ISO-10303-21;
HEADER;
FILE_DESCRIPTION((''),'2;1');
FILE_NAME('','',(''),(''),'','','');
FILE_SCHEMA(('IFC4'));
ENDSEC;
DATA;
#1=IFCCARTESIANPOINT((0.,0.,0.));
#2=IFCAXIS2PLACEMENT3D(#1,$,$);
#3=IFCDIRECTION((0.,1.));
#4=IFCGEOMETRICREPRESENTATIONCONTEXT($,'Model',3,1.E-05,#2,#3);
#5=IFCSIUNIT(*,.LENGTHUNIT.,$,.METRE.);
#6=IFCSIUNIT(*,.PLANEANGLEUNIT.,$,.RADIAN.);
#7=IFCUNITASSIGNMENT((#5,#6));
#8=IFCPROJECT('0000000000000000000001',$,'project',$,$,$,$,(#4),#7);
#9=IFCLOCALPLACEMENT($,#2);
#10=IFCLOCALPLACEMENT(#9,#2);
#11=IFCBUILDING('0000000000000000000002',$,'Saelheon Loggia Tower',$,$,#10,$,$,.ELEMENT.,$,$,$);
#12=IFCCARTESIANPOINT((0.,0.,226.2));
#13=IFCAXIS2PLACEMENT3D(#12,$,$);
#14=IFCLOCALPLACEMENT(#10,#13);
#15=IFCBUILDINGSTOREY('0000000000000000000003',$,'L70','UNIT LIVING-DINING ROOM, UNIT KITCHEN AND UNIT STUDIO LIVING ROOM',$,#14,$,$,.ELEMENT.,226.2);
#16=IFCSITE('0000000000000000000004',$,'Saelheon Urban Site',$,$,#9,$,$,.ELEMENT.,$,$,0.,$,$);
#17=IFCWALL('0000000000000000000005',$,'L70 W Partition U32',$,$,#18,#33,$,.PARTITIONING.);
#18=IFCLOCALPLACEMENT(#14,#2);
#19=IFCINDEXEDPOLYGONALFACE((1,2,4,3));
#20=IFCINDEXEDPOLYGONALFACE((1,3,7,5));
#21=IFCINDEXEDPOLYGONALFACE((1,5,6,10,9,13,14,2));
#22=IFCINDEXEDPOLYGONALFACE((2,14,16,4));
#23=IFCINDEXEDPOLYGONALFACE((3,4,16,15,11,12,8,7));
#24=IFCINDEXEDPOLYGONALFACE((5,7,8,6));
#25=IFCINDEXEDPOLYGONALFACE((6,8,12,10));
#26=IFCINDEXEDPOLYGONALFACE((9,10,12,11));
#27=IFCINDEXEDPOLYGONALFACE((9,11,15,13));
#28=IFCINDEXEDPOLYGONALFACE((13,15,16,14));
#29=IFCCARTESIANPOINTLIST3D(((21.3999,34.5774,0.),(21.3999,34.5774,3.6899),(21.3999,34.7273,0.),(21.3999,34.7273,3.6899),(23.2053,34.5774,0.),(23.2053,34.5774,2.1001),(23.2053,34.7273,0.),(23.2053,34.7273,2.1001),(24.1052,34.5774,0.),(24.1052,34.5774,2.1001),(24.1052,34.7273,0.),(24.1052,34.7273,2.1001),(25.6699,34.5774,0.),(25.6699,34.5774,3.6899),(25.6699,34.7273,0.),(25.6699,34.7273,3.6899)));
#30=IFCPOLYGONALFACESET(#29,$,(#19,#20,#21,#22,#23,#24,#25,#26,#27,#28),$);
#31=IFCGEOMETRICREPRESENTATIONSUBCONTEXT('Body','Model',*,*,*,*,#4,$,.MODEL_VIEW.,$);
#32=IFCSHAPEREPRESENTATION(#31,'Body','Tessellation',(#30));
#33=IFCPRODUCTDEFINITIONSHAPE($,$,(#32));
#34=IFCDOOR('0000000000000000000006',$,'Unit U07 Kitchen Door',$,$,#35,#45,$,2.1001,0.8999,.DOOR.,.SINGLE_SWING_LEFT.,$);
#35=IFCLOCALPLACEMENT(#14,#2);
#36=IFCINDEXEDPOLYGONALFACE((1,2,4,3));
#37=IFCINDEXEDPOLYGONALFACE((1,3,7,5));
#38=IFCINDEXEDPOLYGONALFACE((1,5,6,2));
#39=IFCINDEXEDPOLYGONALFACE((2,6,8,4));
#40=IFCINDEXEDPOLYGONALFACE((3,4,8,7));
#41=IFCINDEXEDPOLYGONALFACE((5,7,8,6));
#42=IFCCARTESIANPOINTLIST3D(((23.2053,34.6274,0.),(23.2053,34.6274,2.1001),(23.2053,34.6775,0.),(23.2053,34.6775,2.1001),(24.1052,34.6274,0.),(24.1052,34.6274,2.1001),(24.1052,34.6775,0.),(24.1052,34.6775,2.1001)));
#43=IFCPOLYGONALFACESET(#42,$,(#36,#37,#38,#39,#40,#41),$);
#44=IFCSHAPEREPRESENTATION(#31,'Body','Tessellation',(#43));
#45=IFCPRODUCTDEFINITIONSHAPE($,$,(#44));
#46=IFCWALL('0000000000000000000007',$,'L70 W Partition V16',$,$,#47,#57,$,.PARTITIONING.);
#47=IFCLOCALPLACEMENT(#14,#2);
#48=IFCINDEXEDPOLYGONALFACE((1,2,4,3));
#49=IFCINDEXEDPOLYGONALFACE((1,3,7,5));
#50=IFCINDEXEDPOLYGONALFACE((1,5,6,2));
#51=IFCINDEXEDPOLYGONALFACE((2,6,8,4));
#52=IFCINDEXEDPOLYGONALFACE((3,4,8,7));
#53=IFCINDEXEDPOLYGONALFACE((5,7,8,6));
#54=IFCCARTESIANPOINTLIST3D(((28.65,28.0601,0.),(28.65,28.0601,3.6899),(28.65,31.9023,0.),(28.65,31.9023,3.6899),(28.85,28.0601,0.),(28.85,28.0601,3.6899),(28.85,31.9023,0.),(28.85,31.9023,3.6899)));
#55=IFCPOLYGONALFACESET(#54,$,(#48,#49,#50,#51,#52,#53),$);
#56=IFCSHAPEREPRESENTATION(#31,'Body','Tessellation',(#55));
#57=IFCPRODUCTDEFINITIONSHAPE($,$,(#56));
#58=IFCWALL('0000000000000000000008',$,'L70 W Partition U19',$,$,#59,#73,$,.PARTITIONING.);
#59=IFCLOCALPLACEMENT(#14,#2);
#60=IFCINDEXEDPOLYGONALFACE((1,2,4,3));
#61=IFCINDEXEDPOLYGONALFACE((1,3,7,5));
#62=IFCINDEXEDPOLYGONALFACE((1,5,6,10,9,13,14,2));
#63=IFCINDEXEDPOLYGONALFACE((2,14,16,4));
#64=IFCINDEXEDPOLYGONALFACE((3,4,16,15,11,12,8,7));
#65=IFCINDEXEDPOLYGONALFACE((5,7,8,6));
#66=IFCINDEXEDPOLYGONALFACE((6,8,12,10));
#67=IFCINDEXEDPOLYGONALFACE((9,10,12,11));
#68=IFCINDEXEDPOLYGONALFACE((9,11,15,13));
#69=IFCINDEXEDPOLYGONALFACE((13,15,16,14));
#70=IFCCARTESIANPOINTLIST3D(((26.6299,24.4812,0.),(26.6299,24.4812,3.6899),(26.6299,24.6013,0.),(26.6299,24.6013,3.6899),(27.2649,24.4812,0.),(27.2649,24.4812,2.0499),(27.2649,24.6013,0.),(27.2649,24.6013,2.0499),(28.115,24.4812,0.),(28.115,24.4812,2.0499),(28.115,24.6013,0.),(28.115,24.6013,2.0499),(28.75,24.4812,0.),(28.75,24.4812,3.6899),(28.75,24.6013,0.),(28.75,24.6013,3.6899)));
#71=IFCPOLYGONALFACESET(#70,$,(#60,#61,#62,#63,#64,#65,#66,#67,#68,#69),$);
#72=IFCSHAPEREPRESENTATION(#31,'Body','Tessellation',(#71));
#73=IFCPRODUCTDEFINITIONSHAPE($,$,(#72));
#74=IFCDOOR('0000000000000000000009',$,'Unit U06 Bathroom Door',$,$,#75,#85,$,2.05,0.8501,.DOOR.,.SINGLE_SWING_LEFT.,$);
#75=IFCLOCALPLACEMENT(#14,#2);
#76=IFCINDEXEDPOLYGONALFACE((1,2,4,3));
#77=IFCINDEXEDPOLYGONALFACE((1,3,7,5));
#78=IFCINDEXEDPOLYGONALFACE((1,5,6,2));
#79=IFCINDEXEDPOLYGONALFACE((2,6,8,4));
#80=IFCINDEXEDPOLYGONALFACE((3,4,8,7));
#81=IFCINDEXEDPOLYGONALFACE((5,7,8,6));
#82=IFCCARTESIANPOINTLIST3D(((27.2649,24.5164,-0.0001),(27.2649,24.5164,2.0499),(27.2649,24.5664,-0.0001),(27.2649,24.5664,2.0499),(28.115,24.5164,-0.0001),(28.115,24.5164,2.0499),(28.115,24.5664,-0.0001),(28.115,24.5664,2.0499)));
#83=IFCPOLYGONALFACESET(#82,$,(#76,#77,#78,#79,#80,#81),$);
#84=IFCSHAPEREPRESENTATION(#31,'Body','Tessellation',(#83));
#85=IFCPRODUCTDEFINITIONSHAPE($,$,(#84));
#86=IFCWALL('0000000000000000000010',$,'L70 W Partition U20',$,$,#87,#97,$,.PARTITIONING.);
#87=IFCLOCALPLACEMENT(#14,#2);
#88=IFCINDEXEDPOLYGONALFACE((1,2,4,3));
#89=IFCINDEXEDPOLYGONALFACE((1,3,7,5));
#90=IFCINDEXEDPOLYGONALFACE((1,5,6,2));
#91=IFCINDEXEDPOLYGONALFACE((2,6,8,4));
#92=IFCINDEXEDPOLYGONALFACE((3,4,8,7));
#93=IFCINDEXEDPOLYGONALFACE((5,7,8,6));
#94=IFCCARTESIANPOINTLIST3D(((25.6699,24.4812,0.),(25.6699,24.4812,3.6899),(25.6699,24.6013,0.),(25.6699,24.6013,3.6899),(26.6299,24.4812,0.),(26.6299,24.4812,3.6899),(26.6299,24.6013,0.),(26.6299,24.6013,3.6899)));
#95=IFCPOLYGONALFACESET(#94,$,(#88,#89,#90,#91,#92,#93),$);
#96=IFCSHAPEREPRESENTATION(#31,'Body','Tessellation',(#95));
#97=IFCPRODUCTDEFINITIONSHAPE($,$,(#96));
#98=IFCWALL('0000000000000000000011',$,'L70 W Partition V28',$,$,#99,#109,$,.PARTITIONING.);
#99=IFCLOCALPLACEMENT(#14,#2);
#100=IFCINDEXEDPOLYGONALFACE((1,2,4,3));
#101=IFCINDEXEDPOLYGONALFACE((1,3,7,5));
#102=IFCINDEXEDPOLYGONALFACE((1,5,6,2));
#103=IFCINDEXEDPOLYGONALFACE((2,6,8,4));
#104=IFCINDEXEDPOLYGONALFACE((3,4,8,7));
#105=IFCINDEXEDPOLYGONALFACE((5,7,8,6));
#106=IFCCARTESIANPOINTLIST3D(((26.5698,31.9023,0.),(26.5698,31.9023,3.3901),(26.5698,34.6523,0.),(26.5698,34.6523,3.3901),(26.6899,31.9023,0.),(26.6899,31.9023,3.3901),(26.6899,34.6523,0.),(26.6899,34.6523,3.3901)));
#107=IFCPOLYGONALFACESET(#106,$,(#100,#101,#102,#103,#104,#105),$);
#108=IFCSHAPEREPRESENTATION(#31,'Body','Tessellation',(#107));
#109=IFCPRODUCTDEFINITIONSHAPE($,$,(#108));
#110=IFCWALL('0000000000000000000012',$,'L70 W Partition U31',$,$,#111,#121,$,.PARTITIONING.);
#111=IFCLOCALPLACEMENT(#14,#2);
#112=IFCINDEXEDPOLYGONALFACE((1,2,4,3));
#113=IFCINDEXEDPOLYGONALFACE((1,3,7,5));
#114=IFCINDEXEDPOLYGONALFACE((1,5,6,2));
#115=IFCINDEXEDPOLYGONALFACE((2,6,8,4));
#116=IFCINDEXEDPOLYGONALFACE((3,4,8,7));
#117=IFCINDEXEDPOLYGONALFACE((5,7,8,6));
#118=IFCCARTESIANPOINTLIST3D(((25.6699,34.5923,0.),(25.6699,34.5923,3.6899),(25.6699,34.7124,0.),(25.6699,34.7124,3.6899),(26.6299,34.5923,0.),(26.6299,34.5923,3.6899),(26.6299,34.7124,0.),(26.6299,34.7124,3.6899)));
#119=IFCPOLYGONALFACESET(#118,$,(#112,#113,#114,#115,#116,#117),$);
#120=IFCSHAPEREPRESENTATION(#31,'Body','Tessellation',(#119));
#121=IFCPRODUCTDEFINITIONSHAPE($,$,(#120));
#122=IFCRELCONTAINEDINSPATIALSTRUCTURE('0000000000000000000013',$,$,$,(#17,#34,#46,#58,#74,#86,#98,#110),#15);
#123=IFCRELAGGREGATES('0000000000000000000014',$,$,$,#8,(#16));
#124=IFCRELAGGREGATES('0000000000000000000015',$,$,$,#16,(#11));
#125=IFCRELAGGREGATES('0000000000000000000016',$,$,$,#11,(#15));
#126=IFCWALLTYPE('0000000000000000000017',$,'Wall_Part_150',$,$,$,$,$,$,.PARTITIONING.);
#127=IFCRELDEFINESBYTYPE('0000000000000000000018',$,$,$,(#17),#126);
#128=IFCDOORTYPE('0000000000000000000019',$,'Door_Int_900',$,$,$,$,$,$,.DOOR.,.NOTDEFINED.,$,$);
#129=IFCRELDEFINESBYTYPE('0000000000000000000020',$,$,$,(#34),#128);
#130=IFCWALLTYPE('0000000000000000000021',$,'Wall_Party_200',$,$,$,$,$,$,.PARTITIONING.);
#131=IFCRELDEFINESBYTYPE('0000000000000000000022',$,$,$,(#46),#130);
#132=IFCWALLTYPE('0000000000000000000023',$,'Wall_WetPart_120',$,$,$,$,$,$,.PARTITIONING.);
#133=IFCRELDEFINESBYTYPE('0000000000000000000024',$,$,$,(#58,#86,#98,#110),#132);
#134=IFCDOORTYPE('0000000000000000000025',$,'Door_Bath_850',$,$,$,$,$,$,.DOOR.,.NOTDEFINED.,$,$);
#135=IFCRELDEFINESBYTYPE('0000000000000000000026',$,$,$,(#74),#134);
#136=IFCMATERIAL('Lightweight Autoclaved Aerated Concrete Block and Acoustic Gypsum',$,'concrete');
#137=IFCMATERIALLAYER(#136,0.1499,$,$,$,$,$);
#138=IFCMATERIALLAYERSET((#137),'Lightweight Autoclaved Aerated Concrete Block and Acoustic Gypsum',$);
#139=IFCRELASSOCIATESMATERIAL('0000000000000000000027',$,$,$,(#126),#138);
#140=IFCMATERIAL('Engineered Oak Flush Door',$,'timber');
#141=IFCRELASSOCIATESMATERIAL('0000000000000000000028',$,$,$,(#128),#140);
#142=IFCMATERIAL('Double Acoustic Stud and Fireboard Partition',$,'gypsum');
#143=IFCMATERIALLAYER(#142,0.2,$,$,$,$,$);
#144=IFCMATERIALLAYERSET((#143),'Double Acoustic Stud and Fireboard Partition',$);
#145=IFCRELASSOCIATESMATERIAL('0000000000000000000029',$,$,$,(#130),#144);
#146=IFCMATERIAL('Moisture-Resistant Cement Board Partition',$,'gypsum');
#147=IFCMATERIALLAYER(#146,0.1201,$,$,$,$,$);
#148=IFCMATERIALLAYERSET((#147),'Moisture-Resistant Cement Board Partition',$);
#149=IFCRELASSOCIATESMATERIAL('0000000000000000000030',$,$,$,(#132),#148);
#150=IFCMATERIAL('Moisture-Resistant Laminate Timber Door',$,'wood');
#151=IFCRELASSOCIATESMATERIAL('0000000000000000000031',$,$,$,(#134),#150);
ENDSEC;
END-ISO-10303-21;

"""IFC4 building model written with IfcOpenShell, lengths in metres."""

from ifc_helpers import new_model, si_unit, direction, frame, frame_2d, origin, place, context, subcontext, project, spatial, rectangle, extrude, source, transform, mapped, material, layer, layer_set, type_object, element, fill, save


model = new_model("IFC4")

# Units and contexts
model_context = context("Model", 3, precision=1e-05, world=origin(), true_north=direction((0.0, 1.0)))
body_context = subcontext(model_context, "Body", "Model", "MODEL_VIEW")
ifc_project = project(units=[si_unit("LENGTHUNIT", "METRE"), si_unit("PLANEANGLEUNIT", "RADIAN")], contexts=[model_context])

# Site, building, storey
site_placement = place(None, origin())
site = spatial("IfcSite", under=ifc_project, at=site_placement, Name="Saelheon Urban Site", CompositionType="ELEMENT", RefElevation=0.0)
building_placement = place(site_placement, origin())
building = spatial("IfcBuilding", under=site, at=building_placement, Name="Saelheon Loggia Tower", CompositionType="ELEMENT")
storey_placement = place(building_placement, frame((0.0, 0.0, 226.2)))
storey = spatial("IfcBuildingStorey", under=building, at=storey_placement, Name="L70", Description="UNIT LIVING-DINING ROOM, UNIT KITCHEN AND UNIT STUDIO LIVING ROOM", CompositionType="ELEMENT", Elevation=226.2)

# Shared definitions
ifc_material_1 = material(Name="Lightweight Autoclaved Aerated Concrete Block and Acoustic Gypsum", Category="concrete")
ifc_layer_1 = layer(ifc_material_1, 0.1499)
ifc_layer_set_1 = layer_set([ifc_layer_1], Name="Lightweight Autoclaved Aerated Concrete Block and Acoustic Gypsum")
wall_type_1 = type_object("IfcWallType", Name="Wall_Part_150", PredefinedType="PARTITIONING", material=ifc_layer_set_1)

# Wall, opening, door
ifc_material_2 = material(Name="Engineered Oak Flush Door", Category="timber")
door_type_1 = type_object("IfcDoorType", Name="Door_Int_900", OperationType="NOTDEFINED", PredefinedType="DOOR", material=ifc_material_2)
shared_shape_1 = source(origin(), body_context, "Body", "SweptSolid", [
    extrude(rectangle(XDim=0.8999, YDim=2.1001, at=frame_2d((0.45, 1.05))), frame((0.0, 0.0249, 0.0), z_axis=(0.0, -1.0, 0.0), x_axis=(1.0, 0.0, 0.0)), (0.0, 0.0, 1.0), 0.05),
])
wall_1_placement = place(storey_placement, frame((25.6699, 34.6523, 0.0), z_axis=(0.0, 0.0, 1.0), x_axis=(-1.0, 0.0, 0.0)))
wall_1 = element("IfcWall", 1, at=wall_1_placement, inside=storey, type_object=wall_type_1, Name="L70 W Partition U32", PredefinedType="PARTITIONING", context=body_context, shape_type="SweptSolid", body=[
    extrude(rectangle(XDim=4.27, YDim=0.1499, at=frame_2d((2.135, 0.0))), origin(), (0.0, 0.0, 1.0), 3.6899),
])
opening_1_placement = place(wall_1_placement, frame((1.5647, 0.0, 0.0)))
opening_1 = element("IfcOpeningElement", 2, at=opening_1_placement, cuts=wall_1, PredefinedType="OPENING", context=body_context, shape_type="SweptSolid", body=[
    extrude(rectangle(XDim=0.8999, YDim=2.1001, at=frame_2d((0.45, 1.05))), frame((0.0, 0.0869, 0.0), z_axis=(0.0, -1.0, 0.0), x_axis=(1.0, 0.0, 0.0)), (0.0, 0.0, 1.0), 0.1738),
])
door_1_placement = place(opening_1_placement, origin())
door_1 = element("IfcDoor", 3, at=door_1_placement, inside=storey, type_object=door_type_1, Name="Unit U07 Kitchen Door", OperationType="SINGLE_SWING_LEFT", OverallHeight=2.1001, OverallWidth=0.8999, PredefinedType="DOOR", context=body_context, shape_type="MappedRepresentation", body=[
    mapped(shared_shape_1, transform((0.0, 0.0, 0.0), scale=1.0)),
])
fill(opening_1, door_1)
ifc_material_3 = material(Name="Double Acoustic Stud and Fireboard Partition", Category="gypsum")
ifc_layer_2 = layer(ifc_material_3, 0.2)
ifc_layer_set_2 = layer_set([ifc_layer_2], Name="Double Acoustic Stud and Fireboard Partition")
wall_type_2 = type_object("IfcWallType", Name="Wall_Party_200", PredefinedType="PARTITIONING", material=ifc_layer_set_2)

# Wall
wall_2_placement = place(storey_placement, frame((28.75, 28.0601, 0.0), z_axis=(0.0, 0.0, 1.0), x_axis=(0.0, 1.0, 0.0)))
element("IfcWall", 4, at=wall_2_placement, inside=storey, type_object=wall_type_2, Name="L70 W Partition V16", PredefinedType="PARTITIONING", context=body_context, shape_type="SweptSolid", body=[
    extrude(rectangle(XDim=3.8423, YDim=0.2, at=frame_2d((1.9211, 0.0))), origin(), (0.0, 0.0, 1.0), 3.6899),
])

# Wall, opening, door
ifc_material_4 = material(Name="Moisture-Resistant Cement Board Partition", Category="gypsum")
ifc_layer_3 = layer(ifc_material_4, 0.1201)
ifc_layer_set_3 = layer_set([ifc_layer_3], Name="Moisture-Resistant Cement Board Partition")
wall_type_3 = type_object("IfcWallType", Name="Wall_WetPart_120", PredefinedType="PARTITIONING", material=ifc_layer_set_3)
wall_3_placement = place(storey_placement, frame((28.75, 24.5413, 0.0), z_axis=(0.0, 0.0, 1.0), x_axis=(-1.0, 0.0, 0.0)))
wall_3 = element("IfcWall", 5, at=wall_3_placement, inside=storey, type_object=wall_type_3, Name="L70 W Partition U19", PredefinedType="PARTITIONING", context=body_context, shape_type="SweptSolid", body=[
    extrude(rectangle(XDim=2.1201, YDim=0.1201, at=frame_2d((1.0601, 0.0))), origin(), (0.0, 0.0, 1.0), 3.6899),
])
opening_2_placement = place(wall_3_placement, frame((0.635, 0.0, 0.0)))
opening_2 = element("IfcOpeningElement", 6, at=opening_2_placement, cuts=wall_3, PredefinedType="OPENING", context=body_context, shape_type="SweptSolid", body=[
    extrude(rectangle(XDim=0.8501, YDim=2.05, at=frame_2d((0.425, 1.0249))), frame((0.0, 0.072, 0.0), z_axis=(0.0, -1.0, 0.0), x_axis=(1.0, 0.0, 0.0)), (0.0, 0.0, 1.0), 0.144),
])
ifc_material_5 = material(Name="Moisture-Resistant Laminate Timber Door", Category="wood")
door_type_2 = type_object("IfcDoorType", Name="Door_Bath_850", OperationType="NOTDEFINED", PredefinedType="DOOR", material=ifc_material_5)
shared_shape_2 = source(origin(), body_context, "Body", "SweptSolid", [
    extrude(rectangle(XDim=0.8501, YDim=2.05, at=frame_2d((0.425, 1.0249))), frame((0.0, 0.0249, 0.0), z_axis=(0.0, -1.0, 0.0), x_axis=(1.0, 0.0, 0.0)), (0.0, 0.0, 1.0), 0.05),
])
door_2_placement = place(opening_2_placement, origin())
door_2 = element("IfcDoor", 7, at=door_2_placement, inside=storey, type_object=door_type_2, Name="Unit U06 Bathroom Door", OperationType="SINGLE_SWING_LEFT", OverallHeight=2.05, OverallWidth=0.8501, PredefinedType="DOOR", context=body_context, shape_type="MappedRepresentation", body=[
    mapped(shared_shape_2, transform((0.0, 0.0, 0.0), scale=1.0)),
])
fill(opening_2, door_2)

# Walls
wall_4_placement = place(storey_placement, frame((26.6299, 24.5413, 0.0), z_axis=(0.0, 0.0, 1.0), x_axis=(-1.0, 0.0, 0.0)))
element("IfcWall", 8, at=wall_4_placement, inside=storey, type_object=wall_type_3, Name="L70 W Partition U20", PredefinedType="PARTITIONING", context=body_context, shape_type="SweptSolid", body=[
    extrude(rectangle(XDim=0.96, YDim=0.1201, at=frame_2d((0.48, 0.0))), origin(), (0.0, 0.0, 1.0), 3.6899),
])
wall_5_placement = place(storey_placement, frame((26.6299, 31.9023, 0.0), z_axis=(0.0, 0.0, 1.0), x_axis=(0.0, 1.0, 0.0)))
element("IfcWall", 9, at=wall_5_placement, inside=storey, type_object=wall_type_3, Name="L70 W Partition V28", PredefinedType="PARTITIONING", context=body_context, shape_type="SweptSolid", body=[
    extrude(rectangle(XDim=2.75, YDim=0.1201, at=frame_2d((1.375, 0.0))), origin(), (0.0, 0.0, 1.0), 3.3901),
])
wall_6_placement = place(storey_placement, frame((26.6299, 34.6523, 0.0), z_axis=(0.0, 0.0, 1.0), x_axis=(-1.0, 0.0, 0.0)))
element("IfcWall", 10, at=wall_6_placement, inside=storey, type_object=wall_type_3, Name="L70 W Partition U31", PredefinedType="PARTITIONING", context=body_context, shape_type="SweptSolid", body=[
    extrude(rectangle(XDim=0.96, YDim=0.1201, at=frame_2d((0.48, 0.0))), origin(), (0.0, 0.0, 1.0), 3.6899),
])

save(model, "model.ifc")
